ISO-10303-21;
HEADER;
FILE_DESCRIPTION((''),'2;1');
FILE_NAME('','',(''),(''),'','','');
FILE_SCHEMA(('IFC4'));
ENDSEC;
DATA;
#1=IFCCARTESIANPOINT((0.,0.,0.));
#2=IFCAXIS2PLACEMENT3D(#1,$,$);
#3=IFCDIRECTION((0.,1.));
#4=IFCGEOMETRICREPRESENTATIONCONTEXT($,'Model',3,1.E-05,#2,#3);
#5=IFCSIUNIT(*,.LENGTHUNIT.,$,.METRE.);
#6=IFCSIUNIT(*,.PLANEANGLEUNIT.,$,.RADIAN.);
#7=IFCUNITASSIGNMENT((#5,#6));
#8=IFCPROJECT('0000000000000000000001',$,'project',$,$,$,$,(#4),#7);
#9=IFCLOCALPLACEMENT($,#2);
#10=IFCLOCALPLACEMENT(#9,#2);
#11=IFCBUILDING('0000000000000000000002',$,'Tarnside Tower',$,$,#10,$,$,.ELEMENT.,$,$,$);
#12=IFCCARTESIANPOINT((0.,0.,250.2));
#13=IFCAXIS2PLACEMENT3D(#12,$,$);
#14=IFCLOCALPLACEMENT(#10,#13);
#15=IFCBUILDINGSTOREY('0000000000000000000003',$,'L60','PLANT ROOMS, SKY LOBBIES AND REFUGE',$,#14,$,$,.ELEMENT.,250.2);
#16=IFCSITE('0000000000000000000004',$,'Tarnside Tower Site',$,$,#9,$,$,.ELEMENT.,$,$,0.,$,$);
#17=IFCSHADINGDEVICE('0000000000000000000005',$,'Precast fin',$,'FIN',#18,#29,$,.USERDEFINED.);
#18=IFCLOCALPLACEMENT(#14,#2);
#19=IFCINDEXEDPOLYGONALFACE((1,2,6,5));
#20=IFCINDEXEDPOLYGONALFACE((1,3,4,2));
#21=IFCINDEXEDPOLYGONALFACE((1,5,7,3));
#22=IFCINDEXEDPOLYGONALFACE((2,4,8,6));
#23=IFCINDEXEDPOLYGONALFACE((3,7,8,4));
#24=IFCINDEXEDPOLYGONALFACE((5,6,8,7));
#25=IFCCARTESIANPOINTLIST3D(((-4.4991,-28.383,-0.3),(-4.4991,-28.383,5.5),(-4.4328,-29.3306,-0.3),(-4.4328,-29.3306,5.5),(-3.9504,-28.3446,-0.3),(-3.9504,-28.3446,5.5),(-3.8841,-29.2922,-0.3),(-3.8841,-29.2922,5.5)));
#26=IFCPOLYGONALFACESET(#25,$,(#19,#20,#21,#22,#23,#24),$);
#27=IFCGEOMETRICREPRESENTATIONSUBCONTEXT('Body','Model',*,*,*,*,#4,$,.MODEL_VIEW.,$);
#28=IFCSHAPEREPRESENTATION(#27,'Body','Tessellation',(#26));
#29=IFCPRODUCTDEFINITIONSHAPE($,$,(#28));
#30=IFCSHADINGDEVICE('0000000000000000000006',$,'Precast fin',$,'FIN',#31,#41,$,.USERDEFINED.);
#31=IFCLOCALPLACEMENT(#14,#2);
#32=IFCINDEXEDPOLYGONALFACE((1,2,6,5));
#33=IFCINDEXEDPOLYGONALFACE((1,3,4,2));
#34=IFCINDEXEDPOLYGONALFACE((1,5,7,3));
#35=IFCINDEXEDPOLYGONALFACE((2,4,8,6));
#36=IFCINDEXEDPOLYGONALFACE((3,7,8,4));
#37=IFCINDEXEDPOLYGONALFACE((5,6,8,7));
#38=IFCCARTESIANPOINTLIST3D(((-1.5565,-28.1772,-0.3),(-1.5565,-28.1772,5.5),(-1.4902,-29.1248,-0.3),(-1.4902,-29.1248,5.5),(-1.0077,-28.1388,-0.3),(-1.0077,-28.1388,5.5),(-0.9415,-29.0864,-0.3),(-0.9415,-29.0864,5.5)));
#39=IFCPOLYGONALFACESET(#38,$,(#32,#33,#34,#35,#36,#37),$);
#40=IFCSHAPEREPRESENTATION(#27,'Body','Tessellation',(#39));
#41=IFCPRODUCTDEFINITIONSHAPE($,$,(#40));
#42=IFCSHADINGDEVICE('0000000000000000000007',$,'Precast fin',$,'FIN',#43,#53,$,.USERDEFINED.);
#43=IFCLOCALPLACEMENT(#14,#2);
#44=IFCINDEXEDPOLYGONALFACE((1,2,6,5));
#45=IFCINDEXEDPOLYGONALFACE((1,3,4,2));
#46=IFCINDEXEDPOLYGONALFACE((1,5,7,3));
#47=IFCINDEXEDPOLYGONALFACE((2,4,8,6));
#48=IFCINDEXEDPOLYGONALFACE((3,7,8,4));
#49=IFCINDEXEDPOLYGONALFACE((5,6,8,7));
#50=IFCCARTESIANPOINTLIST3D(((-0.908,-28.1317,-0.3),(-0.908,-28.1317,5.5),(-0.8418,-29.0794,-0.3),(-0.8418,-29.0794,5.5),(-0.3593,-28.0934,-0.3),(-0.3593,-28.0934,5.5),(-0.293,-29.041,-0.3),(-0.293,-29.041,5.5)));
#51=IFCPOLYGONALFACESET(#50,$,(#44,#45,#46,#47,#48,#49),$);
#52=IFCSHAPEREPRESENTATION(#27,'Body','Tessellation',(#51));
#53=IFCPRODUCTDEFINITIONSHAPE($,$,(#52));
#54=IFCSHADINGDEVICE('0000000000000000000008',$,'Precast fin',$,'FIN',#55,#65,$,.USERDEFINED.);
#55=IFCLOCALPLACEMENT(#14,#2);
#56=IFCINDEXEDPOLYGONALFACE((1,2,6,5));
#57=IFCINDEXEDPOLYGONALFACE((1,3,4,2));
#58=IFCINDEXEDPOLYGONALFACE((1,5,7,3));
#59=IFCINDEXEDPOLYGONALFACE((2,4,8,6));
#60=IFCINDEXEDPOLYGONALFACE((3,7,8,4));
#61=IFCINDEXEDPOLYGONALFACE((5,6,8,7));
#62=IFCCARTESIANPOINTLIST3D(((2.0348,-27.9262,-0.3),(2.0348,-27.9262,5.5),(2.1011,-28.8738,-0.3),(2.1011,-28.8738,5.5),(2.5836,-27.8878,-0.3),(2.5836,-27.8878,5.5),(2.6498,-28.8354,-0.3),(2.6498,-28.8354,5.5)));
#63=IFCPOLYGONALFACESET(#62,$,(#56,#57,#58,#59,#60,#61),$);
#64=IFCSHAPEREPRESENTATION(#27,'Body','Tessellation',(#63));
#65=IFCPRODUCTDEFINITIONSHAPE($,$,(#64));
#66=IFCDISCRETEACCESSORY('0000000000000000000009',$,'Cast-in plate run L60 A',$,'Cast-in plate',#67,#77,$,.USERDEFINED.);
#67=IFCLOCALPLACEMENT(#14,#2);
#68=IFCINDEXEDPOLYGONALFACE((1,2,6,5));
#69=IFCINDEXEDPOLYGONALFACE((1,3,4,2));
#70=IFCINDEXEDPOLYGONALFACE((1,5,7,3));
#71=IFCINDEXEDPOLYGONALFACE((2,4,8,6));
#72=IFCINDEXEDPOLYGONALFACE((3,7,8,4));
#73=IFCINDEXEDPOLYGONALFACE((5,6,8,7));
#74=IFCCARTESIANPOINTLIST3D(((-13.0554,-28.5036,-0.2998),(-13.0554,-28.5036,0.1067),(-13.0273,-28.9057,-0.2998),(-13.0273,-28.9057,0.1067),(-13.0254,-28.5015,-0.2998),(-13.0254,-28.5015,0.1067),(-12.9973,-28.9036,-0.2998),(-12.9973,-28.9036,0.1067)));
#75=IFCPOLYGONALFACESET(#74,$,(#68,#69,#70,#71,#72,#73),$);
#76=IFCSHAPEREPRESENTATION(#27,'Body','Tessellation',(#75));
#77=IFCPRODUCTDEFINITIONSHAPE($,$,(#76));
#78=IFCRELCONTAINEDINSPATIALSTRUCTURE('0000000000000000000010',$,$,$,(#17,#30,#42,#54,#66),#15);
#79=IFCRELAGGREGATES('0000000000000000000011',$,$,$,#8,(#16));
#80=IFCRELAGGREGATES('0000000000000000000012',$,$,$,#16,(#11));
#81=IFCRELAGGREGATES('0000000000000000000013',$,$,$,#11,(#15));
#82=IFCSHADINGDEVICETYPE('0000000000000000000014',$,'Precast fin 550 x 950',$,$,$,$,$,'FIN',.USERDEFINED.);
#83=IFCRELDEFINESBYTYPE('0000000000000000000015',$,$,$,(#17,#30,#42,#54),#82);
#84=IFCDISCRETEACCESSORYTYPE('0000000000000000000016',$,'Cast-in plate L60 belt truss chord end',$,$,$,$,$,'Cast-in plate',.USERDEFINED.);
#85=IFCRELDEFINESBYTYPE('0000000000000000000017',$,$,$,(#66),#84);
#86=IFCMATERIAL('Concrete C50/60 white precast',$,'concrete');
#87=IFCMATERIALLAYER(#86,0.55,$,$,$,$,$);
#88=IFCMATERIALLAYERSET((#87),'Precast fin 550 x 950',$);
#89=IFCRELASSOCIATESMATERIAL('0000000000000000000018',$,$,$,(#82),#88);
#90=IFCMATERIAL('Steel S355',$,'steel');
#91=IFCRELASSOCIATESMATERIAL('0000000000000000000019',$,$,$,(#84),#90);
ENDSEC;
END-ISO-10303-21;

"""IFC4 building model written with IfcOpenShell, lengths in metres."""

from ifc_helpers import new_model, si_unit, direction, frame, origin, origin_2d, place, context, subcontext, project, spatial, polyline, rectangle, outline, extrude, material, layer, layer_set, type_object, element, save


model = new_model("IFC4")

# Units and contexts
model_context = context("Model", 3, precision=1e-05, world=origin(), true_north=direction((0.0, 1.0)))
body_context = subcontext(model_context, "Body", "Model", "MODEL_VIEW")
ifc_project = project(units=[si_unit("LENGTHUNIT", "METRE"), si_unit("PLANEANGLEUNIT", "RADIAN")], contexts=[model_context])

# Site, building, storey
site_placement = place(None, origin())
site = spatial("IfcSite", under=ifc_project, at=site_placement, Name="Tarnside Tower Site", CompositionType="ELEMENT", RefElevation=0.0)
building_placement = place(site_placement, origin())
building = spatial("IfcBuilding", under=site, at=building_placement, Name="Tarnside Tower", CompositionType="ELEMENT")
storey_placement = place(building_placement, frame((0.0, 0.0, 250.2)))
storey = spatial("IfcBuildingStorey", under=building, at=storey_placement, Name="L60", Description="PLANT ROOMS, SKY LOBBIES AND REFUGE", CompositionType="ELEMENT", Elevation=250.2)

# Shared definitions
ifc_material_1 = material(Name="Steel S355", Category="steel")

# Shading devices
ifc_material_2 = material(Name="Concrete C50/60 white precast", Category="concrete")
ifc_layer_1 = layer(ifc_material_2, 0.55)
ifc_layer_set_1 = layer_set([ifc_layer_1], Name="Precast fin 550 x 950")
shading_device_type_1 = type_object("IfcShadingDeviceType", Name="Precast fin 550 x 950", ElementType="FIN", PredefinedType="USERDEFINED", material=ifc_layer_set_1)
for number, where, z_axis, x_axis, name in (
    (1, (-4.2246, -28.3638, -0.3), (-0.997564, -0.069756, 0.0), (0.069756, -0.997564, 0.0), "Precast fin"),
    (2, (-1.282, -28.158, -0.3), (-0.997564, -0.069756, 0.0), (0.069756, -0.997564, 0.0), "Precast fin"),
    (3, (-0.6335, -28.1125, -0.3), (-0.997564, -0.069756, 0.0), (0.069756, -0.997564, 0.0), "Precast fin"),
    (4, (2.3093, -27.907, -0.3), (-0.997564, -0.069756, 0.0), (0.069756, -0.997564, 0.0), "Precast fin"),
):
    element("IfcShadingDevice", number, at=place(storey_placement, frame(where, z_axis=z_axis, x_axis=x_axis)), inside=storey, type_object=shading_device_type_1, Name=name, ObjectType="FIN", PredefinedType="USERDEFINED", context=body_context, shape_type="SweptSolid", body=[
        extrude(outline(polyline([(0.0, 0.0), (0.95, 0.0), (0.95, 5.8), (0.0, 5.8), (0.0, 0.0)])), frame((0.0, 0.0, -0.2749)), (0.0, 0.0, 1.0), 0.55),
    ])

# Discrete accessory
discrete_accessory_type = type_object("IfcDiscreteAccessoryType", Name="Cast-in plate L60 belt truss chord end", ElementType="Cast-in plate", PredefinedType="USERDEFINED", material=ifc_material_1)
discrete_accessory_placement = place(storey_placement, frame((-13.0264, -28.7036, -0.2998), z_axis=(0.0, 0.0, 1.0), x_axis=(0.997564, 0.069756, 0.0)))
element("IfcDiscreteAccessory", 5, at=discrete_accessory_placement, inside=storey, type_object=discrete_accessory_type, Name="Cast-in plate run L60 A", ObjectType="Cast-in plate", PredefinedType="USERDEFINED", context=body_context, shape_type="SweptSolid", body=[
    extrude(rectangle(XDim=0.03, YDim=0.4031, at=origin_2d()), origin(), (0.0, 0.0, 1.0), 0.4065),
])

save(model, "model.ifc")
